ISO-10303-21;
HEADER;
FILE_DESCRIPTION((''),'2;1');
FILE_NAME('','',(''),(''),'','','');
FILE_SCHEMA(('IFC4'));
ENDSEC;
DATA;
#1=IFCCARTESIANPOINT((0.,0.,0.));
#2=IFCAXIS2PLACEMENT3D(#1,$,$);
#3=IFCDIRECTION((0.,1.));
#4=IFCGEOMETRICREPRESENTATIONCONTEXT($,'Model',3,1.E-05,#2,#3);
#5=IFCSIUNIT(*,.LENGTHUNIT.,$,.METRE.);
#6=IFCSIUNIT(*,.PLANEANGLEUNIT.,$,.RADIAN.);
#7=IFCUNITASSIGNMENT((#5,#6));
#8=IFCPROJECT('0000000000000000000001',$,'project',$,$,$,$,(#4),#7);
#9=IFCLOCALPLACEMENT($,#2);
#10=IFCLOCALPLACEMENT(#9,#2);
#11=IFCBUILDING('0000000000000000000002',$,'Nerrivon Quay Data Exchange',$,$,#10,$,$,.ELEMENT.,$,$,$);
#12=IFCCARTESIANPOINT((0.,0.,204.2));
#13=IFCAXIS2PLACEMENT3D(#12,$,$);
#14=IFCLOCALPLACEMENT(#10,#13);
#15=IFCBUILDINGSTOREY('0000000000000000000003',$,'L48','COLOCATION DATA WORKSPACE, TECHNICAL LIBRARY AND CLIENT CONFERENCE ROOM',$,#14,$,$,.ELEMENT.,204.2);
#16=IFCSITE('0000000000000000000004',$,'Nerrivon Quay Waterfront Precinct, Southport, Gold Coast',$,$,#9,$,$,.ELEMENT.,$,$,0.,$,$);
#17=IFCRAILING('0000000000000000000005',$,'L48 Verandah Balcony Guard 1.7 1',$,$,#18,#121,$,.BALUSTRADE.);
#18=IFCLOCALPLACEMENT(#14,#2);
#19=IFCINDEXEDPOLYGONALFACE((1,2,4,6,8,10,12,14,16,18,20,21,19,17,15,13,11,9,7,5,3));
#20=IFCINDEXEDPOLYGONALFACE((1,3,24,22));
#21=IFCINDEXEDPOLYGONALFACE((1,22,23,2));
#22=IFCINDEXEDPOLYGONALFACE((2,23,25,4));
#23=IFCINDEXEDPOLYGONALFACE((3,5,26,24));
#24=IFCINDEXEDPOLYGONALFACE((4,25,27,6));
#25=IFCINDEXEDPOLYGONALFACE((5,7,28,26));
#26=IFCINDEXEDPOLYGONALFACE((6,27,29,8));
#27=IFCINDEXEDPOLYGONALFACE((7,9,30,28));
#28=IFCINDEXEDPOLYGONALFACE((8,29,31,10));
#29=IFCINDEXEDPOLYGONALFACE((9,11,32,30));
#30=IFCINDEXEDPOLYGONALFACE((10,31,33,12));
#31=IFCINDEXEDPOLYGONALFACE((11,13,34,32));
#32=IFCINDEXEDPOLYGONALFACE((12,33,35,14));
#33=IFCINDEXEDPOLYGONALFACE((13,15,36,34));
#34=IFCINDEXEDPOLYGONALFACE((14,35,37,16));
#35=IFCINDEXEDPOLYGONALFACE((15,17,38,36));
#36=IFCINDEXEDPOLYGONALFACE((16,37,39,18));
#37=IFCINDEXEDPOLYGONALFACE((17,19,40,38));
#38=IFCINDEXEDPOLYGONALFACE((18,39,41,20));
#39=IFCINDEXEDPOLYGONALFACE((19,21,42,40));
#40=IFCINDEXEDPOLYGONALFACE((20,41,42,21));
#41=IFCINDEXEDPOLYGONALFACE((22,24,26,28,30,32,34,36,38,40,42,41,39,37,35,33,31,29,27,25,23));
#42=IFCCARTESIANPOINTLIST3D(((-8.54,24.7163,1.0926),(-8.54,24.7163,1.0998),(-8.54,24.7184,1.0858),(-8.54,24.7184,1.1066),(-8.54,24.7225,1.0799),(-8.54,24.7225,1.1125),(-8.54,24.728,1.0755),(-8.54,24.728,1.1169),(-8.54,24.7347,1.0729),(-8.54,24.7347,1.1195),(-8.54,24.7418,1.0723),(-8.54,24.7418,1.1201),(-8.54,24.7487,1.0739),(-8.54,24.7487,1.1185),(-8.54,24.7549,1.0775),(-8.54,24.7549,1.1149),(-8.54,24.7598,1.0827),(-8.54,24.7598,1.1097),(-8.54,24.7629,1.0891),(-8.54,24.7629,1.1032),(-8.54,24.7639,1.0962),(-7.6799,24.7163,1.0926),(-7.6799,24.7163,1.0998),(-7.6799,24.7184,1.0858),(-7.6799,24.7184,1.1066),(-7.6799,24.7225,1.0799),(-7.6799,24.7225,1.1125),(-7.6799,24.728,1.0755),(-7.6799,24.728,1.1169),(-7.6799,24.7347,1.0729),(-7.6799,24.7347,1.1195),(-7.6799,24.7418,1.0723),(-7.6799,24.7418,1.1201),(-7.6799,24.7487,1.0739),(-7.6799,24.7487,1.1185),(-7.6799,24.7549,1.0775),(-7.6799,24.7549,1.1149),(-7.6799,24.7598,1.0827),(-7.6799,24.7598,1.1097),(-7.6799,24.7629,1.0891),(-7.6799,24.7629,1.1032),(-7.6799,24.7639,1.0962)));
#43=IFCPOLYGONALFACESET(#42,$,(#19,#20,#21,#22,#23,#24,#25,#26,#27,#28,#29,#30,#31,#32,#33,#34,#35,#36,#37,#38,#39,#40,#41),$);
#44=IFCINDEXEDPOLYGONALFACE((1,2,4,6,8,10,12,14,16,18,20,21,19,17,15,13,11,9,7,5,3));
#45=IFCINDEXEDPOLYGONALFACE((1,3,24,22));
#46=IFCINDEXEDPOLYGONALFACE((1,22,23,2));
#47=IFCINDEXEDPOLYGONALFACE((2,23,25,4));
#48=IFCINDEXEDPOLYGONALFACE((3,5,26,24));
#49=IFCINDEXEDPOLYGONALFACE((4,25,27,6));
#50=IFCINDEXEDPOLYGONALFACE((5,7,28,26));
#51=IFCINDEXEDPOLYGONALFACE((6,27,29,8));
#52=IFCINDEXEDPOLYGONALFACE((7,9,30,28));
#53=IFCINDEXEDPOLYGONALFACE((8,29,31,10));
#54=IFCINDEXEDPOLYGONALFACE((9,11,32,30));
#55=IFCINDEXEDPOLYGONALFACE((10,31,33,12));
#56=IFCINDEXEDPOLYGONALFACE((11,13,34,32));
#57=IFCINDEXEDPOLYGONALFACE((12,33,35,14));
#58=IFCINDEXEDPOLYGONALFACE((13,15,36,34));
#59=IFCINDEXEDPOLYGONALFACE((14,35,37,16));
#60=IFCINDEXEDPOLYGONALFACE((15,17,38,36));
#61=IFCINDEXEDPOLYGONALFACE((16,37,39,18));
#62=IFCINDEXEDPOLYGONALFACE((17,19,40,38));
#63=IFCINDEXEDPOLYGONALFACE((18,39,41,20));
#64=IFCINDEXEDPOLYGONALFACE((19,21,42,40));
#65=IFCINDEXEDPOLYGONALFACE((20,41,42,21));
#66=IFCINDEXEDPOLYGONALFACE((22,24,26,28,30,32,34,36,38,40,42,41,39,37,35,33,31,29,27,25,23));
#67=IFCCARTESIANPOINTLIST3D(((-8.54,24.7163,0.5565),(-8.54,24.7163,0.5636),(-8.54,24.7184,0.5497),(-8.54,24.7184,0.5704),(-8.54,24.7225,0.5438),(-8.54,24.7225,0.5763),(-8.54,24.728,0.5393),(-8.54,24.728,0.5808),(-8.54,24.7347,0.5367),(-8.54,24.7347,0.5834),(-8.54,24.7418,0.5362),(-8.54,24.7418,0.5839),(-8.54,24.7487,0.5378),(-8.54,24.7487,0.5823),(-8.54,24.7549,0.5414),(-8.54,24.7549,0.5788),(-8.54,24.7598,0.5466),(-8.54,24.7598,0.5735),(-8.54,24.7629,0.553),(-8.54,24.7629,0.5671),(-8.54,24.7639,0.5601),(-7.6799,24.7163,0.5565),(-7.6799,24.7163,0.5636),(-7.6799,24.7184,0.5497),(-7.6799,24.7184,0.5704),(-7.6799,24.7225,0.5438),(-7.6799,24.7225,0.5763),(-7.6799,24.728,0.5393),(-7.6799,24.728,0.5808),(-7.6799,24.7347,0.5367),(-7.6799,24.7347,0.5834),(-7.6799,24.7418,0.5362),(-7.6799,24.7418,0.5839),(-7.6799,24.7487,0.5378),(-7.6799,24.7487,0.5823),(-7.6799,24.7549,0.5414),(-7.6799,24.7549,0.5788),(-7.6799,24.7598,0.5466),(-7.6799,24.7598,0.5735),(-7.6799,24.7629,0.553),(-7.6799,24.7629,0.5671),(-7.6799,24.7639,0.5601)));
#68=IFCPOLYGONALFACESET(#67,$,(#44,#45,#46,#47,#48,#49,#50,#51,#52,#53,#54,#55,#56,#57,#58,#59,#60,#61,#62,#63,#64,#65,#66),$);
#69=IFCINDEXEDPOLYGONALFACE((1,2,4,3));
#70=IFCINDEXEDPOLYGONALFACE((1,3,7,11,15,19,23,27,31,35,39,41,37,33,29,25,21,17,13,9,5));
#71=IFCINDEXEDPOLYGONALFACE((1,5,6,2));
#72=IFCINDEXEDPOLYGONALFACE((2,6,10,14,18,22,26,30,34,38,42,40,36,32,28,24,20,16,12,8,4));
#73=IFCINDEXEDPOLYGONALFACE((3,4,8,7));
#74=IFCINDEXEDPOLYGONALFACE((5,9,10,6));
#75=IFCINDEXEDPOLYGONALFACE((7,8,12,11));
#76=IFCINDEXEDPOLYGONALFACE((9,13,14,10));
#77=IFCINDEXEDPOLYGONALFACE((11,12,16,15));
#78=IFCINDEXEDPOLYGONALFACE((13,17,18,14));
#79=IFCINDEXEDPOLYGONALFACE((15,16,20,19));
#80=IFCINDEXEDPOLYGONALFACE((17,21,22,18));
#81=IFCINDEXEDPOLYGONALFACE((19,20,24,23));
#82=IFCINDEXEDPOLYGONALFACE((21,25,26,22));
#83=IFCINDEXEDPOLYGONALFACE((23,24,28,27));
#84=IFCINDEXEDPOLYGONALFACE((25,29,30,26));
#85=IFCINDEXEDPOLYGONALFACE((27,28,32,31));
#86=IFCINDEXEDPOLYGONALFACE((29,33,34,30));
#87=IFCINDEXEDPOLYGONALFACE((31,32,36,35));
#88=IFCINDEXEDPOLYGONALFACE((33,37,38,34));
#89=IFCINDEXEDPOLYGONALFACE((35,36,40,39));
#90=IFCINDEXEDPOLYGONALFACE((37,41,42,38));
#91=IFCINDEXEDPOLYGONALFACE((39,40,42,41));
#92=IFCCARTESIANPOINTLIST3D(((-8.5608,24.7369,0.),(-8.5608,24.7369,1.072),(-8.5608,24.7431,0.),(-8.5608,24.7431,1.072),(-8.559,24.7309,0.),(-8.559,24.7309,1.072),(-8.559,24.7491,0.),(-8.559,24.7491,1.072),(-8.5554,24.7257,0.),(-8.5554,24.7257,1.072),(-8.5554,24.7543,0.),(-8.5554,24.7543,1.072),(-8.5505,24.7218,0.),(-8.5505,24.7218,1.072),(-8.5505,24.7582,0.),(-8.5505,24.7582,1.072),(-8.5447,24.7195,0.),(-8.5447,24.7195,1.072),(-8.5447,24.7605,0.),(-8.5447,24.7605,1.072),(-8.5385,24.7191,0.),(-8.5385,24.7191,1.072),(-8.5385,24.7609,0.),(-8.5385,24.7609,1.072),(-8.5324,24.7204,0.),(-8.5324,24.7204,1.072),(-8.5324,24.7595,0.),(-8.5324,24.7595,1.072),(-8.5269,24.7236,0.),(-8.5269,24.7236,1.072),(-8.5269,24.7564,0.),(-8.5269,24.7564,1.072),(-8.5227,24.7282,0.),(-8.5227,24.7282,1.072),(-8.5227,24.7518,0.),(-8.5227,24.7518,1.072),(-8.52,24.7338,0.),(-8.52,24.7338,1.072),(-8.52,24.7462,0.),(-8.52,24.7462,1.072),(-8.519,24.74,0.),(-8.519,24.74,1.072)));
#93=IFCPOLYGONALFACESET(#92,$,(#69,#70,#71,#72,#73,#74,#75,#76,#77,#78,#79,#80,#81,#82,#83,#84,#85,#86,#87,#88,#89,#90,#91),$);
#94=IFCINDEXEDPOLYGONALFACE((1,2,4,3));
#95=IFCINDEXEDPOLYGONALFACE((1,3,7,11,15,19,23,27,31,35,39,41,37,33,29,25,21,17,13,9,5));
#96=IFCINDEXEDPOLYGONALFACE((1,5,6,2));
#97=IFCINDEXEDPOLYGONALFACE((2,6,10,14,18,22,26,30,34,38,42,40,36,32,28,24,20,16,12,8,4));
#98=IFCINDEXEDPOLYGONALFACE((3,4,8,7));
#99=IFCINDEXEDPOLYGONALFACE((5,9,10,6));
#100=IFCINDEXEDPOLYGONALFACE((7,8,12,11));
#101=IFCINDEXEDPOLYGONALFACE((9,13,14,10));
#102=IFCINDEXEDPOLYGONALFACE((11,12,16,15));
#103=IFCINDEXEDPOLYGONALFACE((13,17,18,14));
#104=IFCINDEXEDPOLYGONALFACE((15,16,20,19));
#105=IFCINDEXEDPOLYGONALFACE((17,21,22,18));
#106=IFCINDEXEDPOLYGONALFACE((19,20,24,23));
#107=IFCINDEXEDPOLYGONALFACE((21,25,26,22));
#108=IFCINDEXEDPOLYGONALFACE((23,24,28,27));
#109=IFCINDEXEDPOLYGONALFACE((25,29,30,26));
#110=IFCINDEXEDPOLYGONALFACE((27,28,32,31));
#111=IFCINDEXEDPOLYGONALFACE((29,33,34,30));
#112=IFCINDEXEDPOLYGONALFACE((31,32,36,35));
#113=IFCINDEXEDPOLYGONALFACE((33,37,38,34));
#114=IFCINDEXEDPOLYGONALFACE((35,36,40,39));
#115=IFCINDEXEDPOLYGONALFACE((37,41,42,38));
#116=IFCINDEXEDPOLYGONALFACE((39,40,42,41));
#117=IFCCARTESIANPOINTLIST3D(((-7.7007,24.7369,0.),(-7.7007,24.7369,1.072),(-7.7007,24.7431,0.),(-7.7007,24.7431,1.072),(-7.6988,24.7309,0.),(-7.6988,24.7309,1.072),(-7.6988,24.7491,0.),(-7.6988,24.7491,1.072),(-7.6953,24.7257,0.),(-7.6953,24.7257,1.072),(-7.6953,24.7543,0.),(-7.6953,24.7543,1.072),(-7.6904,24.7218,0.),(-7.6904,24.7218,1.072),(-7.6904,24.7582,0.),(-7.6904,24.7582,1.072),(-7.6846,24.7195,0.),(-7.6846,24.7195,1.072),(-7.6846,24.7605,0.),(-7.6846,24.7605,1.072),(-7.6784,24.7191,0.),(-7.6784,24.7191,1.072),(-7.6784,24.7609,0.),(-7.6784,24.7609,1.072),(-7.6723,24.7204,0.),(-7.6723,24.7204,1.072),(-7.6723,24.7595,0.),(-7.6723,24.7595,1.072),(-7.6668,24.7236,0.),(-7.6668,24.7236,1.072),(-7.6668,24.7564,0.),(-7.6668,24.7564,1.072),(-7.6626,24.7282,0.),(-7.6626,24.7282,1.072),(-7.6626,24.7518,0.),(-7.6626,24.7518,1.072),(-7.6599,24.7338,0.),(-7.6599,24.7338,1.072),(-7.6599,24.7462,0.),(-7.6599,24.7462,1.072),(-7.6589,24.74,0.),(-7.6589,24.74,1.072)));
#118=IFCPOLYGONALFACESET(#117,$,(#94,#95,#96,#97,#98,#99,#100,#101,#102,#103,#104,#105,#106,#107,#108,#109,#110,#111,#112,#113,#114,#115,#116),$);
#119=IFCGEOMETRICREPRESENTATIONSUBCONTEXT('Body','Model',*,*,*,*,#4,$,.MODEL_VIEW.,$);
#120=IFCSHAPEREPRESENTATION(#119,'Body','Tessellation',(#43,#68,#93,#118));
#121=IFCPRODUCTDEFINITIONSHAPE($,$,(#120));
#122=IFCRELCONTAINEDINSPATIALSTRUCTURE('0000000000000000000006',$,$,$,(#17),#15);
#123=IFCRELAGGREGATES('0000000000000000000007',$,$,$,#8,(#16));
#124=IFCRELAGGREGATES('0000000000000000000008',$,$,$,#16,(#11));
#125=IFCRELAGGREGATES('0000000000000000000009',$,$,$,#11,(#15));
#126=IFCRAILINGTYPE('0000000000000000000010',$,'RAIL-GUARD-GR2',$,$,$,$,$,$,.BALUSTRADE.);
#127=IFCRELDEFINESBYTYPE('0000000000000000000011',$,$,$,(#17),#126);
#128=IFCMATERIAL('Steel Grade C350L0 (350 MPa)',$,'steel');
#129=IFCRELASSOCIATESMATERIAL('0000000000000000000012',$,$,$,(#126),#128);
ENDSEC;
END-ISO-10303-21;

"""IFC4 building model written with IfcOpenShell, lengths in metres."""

from ifc_helpers import new_model, si_unit, direction, frame, origin, origin_2d, place, context, subcontext, project, spatial, circle, extrude, material, type_object, element, save


model = new_model("IFC4")

# Units and contexts
model_context = context("Model", 3, precision=1e-05, world=origin(), true_north=direction((0.0, 1.0)))
body_context = subcontext(model_context, "Body", "Model", "MODEL_VIEW")
ifc_project = project(units=[si_unit("LENGTHUNIT", "METRE"), si_unit("PLANEANGLEUNIT", "RADIAN")], contexts=[model_context])

# Site, building, storey
site_placement = place(None, origin())
site = spatial("IfcSite", under=ifc_project, at=site_placement, Name="Nerrivon Quay Waterfront Precinct, Southport, Gold Coast", CompositionType="ELEMENT", RefElevation=0.0)
building_placement = place(site_placement, origin())
building = spatial("IfcBuilding", under=site, at=building_placement, Name="Nerrivon Quay Data Exchange", CompositionType="ELEMENT")
storey_placement = place(building_placement, frame((0.0, 0.0, 204.2)))
storey = spatial("IfcBuildingStorey", under=building, at=storey_placement, Name="L48", Description="COLOCATION DATA WORKSPACE, TECHNICAL LIBRARY AND CLIENT CONFERENCE ROOM", CompositionType="ELEMENT", Elevation=204.2)

# Railing
ifc_material_1 = material(Name="Steel Grade C350L0 (350 MPa)", Category="steel")
railing_type = type_object("IfcRailingType", Name="RAIL-GUARD-GR2", PredefinedType="BALUSTRADE", material=ifc_material_1)
railing_1_placement = place(storey_placement, frame((-8.54, 24.74, 0.0)))
element("IfcRailing", 1, at=railing_1_placement, inside=storey, type_object=railing_type, Name="L48 Verandah Balcony Guard 1.7 1", PredefinedType="BALUSTRADE", context=body_context, shape_type="SweptSolid", body=[
    extrude(circle(Radius=0.0239, at=origin_2d()), frame((0.0, 0.0, 1.0962), z_axis=(1.0, 0.0, 0.0), x_axis=(0.0, 1.0, 0.0)), (0.0, 0.0, 1.0), 0.8601),
    extrude(circle(Radius=0.0239, at=origin_2d()), frame((0.0, 0.0, 0.5601), z_axis=(1.0, 0.0, 0.0), x_axis=(0.0, 1.0, 0.0)), (0.0, 0.0, 1.0), 0.8601),
    extrude(circle(Radius=0.021, at=origin_2d()), origin(), (0.0, 0.0, 1.0), 1.072),
    extrude(circle(Radius=0.021, at=origin_2d()), frame((0.8601, 0.0, 0.0)), (0.0, 0.0, 1.0), 1.072),
])

save(model, "model.ifc")
